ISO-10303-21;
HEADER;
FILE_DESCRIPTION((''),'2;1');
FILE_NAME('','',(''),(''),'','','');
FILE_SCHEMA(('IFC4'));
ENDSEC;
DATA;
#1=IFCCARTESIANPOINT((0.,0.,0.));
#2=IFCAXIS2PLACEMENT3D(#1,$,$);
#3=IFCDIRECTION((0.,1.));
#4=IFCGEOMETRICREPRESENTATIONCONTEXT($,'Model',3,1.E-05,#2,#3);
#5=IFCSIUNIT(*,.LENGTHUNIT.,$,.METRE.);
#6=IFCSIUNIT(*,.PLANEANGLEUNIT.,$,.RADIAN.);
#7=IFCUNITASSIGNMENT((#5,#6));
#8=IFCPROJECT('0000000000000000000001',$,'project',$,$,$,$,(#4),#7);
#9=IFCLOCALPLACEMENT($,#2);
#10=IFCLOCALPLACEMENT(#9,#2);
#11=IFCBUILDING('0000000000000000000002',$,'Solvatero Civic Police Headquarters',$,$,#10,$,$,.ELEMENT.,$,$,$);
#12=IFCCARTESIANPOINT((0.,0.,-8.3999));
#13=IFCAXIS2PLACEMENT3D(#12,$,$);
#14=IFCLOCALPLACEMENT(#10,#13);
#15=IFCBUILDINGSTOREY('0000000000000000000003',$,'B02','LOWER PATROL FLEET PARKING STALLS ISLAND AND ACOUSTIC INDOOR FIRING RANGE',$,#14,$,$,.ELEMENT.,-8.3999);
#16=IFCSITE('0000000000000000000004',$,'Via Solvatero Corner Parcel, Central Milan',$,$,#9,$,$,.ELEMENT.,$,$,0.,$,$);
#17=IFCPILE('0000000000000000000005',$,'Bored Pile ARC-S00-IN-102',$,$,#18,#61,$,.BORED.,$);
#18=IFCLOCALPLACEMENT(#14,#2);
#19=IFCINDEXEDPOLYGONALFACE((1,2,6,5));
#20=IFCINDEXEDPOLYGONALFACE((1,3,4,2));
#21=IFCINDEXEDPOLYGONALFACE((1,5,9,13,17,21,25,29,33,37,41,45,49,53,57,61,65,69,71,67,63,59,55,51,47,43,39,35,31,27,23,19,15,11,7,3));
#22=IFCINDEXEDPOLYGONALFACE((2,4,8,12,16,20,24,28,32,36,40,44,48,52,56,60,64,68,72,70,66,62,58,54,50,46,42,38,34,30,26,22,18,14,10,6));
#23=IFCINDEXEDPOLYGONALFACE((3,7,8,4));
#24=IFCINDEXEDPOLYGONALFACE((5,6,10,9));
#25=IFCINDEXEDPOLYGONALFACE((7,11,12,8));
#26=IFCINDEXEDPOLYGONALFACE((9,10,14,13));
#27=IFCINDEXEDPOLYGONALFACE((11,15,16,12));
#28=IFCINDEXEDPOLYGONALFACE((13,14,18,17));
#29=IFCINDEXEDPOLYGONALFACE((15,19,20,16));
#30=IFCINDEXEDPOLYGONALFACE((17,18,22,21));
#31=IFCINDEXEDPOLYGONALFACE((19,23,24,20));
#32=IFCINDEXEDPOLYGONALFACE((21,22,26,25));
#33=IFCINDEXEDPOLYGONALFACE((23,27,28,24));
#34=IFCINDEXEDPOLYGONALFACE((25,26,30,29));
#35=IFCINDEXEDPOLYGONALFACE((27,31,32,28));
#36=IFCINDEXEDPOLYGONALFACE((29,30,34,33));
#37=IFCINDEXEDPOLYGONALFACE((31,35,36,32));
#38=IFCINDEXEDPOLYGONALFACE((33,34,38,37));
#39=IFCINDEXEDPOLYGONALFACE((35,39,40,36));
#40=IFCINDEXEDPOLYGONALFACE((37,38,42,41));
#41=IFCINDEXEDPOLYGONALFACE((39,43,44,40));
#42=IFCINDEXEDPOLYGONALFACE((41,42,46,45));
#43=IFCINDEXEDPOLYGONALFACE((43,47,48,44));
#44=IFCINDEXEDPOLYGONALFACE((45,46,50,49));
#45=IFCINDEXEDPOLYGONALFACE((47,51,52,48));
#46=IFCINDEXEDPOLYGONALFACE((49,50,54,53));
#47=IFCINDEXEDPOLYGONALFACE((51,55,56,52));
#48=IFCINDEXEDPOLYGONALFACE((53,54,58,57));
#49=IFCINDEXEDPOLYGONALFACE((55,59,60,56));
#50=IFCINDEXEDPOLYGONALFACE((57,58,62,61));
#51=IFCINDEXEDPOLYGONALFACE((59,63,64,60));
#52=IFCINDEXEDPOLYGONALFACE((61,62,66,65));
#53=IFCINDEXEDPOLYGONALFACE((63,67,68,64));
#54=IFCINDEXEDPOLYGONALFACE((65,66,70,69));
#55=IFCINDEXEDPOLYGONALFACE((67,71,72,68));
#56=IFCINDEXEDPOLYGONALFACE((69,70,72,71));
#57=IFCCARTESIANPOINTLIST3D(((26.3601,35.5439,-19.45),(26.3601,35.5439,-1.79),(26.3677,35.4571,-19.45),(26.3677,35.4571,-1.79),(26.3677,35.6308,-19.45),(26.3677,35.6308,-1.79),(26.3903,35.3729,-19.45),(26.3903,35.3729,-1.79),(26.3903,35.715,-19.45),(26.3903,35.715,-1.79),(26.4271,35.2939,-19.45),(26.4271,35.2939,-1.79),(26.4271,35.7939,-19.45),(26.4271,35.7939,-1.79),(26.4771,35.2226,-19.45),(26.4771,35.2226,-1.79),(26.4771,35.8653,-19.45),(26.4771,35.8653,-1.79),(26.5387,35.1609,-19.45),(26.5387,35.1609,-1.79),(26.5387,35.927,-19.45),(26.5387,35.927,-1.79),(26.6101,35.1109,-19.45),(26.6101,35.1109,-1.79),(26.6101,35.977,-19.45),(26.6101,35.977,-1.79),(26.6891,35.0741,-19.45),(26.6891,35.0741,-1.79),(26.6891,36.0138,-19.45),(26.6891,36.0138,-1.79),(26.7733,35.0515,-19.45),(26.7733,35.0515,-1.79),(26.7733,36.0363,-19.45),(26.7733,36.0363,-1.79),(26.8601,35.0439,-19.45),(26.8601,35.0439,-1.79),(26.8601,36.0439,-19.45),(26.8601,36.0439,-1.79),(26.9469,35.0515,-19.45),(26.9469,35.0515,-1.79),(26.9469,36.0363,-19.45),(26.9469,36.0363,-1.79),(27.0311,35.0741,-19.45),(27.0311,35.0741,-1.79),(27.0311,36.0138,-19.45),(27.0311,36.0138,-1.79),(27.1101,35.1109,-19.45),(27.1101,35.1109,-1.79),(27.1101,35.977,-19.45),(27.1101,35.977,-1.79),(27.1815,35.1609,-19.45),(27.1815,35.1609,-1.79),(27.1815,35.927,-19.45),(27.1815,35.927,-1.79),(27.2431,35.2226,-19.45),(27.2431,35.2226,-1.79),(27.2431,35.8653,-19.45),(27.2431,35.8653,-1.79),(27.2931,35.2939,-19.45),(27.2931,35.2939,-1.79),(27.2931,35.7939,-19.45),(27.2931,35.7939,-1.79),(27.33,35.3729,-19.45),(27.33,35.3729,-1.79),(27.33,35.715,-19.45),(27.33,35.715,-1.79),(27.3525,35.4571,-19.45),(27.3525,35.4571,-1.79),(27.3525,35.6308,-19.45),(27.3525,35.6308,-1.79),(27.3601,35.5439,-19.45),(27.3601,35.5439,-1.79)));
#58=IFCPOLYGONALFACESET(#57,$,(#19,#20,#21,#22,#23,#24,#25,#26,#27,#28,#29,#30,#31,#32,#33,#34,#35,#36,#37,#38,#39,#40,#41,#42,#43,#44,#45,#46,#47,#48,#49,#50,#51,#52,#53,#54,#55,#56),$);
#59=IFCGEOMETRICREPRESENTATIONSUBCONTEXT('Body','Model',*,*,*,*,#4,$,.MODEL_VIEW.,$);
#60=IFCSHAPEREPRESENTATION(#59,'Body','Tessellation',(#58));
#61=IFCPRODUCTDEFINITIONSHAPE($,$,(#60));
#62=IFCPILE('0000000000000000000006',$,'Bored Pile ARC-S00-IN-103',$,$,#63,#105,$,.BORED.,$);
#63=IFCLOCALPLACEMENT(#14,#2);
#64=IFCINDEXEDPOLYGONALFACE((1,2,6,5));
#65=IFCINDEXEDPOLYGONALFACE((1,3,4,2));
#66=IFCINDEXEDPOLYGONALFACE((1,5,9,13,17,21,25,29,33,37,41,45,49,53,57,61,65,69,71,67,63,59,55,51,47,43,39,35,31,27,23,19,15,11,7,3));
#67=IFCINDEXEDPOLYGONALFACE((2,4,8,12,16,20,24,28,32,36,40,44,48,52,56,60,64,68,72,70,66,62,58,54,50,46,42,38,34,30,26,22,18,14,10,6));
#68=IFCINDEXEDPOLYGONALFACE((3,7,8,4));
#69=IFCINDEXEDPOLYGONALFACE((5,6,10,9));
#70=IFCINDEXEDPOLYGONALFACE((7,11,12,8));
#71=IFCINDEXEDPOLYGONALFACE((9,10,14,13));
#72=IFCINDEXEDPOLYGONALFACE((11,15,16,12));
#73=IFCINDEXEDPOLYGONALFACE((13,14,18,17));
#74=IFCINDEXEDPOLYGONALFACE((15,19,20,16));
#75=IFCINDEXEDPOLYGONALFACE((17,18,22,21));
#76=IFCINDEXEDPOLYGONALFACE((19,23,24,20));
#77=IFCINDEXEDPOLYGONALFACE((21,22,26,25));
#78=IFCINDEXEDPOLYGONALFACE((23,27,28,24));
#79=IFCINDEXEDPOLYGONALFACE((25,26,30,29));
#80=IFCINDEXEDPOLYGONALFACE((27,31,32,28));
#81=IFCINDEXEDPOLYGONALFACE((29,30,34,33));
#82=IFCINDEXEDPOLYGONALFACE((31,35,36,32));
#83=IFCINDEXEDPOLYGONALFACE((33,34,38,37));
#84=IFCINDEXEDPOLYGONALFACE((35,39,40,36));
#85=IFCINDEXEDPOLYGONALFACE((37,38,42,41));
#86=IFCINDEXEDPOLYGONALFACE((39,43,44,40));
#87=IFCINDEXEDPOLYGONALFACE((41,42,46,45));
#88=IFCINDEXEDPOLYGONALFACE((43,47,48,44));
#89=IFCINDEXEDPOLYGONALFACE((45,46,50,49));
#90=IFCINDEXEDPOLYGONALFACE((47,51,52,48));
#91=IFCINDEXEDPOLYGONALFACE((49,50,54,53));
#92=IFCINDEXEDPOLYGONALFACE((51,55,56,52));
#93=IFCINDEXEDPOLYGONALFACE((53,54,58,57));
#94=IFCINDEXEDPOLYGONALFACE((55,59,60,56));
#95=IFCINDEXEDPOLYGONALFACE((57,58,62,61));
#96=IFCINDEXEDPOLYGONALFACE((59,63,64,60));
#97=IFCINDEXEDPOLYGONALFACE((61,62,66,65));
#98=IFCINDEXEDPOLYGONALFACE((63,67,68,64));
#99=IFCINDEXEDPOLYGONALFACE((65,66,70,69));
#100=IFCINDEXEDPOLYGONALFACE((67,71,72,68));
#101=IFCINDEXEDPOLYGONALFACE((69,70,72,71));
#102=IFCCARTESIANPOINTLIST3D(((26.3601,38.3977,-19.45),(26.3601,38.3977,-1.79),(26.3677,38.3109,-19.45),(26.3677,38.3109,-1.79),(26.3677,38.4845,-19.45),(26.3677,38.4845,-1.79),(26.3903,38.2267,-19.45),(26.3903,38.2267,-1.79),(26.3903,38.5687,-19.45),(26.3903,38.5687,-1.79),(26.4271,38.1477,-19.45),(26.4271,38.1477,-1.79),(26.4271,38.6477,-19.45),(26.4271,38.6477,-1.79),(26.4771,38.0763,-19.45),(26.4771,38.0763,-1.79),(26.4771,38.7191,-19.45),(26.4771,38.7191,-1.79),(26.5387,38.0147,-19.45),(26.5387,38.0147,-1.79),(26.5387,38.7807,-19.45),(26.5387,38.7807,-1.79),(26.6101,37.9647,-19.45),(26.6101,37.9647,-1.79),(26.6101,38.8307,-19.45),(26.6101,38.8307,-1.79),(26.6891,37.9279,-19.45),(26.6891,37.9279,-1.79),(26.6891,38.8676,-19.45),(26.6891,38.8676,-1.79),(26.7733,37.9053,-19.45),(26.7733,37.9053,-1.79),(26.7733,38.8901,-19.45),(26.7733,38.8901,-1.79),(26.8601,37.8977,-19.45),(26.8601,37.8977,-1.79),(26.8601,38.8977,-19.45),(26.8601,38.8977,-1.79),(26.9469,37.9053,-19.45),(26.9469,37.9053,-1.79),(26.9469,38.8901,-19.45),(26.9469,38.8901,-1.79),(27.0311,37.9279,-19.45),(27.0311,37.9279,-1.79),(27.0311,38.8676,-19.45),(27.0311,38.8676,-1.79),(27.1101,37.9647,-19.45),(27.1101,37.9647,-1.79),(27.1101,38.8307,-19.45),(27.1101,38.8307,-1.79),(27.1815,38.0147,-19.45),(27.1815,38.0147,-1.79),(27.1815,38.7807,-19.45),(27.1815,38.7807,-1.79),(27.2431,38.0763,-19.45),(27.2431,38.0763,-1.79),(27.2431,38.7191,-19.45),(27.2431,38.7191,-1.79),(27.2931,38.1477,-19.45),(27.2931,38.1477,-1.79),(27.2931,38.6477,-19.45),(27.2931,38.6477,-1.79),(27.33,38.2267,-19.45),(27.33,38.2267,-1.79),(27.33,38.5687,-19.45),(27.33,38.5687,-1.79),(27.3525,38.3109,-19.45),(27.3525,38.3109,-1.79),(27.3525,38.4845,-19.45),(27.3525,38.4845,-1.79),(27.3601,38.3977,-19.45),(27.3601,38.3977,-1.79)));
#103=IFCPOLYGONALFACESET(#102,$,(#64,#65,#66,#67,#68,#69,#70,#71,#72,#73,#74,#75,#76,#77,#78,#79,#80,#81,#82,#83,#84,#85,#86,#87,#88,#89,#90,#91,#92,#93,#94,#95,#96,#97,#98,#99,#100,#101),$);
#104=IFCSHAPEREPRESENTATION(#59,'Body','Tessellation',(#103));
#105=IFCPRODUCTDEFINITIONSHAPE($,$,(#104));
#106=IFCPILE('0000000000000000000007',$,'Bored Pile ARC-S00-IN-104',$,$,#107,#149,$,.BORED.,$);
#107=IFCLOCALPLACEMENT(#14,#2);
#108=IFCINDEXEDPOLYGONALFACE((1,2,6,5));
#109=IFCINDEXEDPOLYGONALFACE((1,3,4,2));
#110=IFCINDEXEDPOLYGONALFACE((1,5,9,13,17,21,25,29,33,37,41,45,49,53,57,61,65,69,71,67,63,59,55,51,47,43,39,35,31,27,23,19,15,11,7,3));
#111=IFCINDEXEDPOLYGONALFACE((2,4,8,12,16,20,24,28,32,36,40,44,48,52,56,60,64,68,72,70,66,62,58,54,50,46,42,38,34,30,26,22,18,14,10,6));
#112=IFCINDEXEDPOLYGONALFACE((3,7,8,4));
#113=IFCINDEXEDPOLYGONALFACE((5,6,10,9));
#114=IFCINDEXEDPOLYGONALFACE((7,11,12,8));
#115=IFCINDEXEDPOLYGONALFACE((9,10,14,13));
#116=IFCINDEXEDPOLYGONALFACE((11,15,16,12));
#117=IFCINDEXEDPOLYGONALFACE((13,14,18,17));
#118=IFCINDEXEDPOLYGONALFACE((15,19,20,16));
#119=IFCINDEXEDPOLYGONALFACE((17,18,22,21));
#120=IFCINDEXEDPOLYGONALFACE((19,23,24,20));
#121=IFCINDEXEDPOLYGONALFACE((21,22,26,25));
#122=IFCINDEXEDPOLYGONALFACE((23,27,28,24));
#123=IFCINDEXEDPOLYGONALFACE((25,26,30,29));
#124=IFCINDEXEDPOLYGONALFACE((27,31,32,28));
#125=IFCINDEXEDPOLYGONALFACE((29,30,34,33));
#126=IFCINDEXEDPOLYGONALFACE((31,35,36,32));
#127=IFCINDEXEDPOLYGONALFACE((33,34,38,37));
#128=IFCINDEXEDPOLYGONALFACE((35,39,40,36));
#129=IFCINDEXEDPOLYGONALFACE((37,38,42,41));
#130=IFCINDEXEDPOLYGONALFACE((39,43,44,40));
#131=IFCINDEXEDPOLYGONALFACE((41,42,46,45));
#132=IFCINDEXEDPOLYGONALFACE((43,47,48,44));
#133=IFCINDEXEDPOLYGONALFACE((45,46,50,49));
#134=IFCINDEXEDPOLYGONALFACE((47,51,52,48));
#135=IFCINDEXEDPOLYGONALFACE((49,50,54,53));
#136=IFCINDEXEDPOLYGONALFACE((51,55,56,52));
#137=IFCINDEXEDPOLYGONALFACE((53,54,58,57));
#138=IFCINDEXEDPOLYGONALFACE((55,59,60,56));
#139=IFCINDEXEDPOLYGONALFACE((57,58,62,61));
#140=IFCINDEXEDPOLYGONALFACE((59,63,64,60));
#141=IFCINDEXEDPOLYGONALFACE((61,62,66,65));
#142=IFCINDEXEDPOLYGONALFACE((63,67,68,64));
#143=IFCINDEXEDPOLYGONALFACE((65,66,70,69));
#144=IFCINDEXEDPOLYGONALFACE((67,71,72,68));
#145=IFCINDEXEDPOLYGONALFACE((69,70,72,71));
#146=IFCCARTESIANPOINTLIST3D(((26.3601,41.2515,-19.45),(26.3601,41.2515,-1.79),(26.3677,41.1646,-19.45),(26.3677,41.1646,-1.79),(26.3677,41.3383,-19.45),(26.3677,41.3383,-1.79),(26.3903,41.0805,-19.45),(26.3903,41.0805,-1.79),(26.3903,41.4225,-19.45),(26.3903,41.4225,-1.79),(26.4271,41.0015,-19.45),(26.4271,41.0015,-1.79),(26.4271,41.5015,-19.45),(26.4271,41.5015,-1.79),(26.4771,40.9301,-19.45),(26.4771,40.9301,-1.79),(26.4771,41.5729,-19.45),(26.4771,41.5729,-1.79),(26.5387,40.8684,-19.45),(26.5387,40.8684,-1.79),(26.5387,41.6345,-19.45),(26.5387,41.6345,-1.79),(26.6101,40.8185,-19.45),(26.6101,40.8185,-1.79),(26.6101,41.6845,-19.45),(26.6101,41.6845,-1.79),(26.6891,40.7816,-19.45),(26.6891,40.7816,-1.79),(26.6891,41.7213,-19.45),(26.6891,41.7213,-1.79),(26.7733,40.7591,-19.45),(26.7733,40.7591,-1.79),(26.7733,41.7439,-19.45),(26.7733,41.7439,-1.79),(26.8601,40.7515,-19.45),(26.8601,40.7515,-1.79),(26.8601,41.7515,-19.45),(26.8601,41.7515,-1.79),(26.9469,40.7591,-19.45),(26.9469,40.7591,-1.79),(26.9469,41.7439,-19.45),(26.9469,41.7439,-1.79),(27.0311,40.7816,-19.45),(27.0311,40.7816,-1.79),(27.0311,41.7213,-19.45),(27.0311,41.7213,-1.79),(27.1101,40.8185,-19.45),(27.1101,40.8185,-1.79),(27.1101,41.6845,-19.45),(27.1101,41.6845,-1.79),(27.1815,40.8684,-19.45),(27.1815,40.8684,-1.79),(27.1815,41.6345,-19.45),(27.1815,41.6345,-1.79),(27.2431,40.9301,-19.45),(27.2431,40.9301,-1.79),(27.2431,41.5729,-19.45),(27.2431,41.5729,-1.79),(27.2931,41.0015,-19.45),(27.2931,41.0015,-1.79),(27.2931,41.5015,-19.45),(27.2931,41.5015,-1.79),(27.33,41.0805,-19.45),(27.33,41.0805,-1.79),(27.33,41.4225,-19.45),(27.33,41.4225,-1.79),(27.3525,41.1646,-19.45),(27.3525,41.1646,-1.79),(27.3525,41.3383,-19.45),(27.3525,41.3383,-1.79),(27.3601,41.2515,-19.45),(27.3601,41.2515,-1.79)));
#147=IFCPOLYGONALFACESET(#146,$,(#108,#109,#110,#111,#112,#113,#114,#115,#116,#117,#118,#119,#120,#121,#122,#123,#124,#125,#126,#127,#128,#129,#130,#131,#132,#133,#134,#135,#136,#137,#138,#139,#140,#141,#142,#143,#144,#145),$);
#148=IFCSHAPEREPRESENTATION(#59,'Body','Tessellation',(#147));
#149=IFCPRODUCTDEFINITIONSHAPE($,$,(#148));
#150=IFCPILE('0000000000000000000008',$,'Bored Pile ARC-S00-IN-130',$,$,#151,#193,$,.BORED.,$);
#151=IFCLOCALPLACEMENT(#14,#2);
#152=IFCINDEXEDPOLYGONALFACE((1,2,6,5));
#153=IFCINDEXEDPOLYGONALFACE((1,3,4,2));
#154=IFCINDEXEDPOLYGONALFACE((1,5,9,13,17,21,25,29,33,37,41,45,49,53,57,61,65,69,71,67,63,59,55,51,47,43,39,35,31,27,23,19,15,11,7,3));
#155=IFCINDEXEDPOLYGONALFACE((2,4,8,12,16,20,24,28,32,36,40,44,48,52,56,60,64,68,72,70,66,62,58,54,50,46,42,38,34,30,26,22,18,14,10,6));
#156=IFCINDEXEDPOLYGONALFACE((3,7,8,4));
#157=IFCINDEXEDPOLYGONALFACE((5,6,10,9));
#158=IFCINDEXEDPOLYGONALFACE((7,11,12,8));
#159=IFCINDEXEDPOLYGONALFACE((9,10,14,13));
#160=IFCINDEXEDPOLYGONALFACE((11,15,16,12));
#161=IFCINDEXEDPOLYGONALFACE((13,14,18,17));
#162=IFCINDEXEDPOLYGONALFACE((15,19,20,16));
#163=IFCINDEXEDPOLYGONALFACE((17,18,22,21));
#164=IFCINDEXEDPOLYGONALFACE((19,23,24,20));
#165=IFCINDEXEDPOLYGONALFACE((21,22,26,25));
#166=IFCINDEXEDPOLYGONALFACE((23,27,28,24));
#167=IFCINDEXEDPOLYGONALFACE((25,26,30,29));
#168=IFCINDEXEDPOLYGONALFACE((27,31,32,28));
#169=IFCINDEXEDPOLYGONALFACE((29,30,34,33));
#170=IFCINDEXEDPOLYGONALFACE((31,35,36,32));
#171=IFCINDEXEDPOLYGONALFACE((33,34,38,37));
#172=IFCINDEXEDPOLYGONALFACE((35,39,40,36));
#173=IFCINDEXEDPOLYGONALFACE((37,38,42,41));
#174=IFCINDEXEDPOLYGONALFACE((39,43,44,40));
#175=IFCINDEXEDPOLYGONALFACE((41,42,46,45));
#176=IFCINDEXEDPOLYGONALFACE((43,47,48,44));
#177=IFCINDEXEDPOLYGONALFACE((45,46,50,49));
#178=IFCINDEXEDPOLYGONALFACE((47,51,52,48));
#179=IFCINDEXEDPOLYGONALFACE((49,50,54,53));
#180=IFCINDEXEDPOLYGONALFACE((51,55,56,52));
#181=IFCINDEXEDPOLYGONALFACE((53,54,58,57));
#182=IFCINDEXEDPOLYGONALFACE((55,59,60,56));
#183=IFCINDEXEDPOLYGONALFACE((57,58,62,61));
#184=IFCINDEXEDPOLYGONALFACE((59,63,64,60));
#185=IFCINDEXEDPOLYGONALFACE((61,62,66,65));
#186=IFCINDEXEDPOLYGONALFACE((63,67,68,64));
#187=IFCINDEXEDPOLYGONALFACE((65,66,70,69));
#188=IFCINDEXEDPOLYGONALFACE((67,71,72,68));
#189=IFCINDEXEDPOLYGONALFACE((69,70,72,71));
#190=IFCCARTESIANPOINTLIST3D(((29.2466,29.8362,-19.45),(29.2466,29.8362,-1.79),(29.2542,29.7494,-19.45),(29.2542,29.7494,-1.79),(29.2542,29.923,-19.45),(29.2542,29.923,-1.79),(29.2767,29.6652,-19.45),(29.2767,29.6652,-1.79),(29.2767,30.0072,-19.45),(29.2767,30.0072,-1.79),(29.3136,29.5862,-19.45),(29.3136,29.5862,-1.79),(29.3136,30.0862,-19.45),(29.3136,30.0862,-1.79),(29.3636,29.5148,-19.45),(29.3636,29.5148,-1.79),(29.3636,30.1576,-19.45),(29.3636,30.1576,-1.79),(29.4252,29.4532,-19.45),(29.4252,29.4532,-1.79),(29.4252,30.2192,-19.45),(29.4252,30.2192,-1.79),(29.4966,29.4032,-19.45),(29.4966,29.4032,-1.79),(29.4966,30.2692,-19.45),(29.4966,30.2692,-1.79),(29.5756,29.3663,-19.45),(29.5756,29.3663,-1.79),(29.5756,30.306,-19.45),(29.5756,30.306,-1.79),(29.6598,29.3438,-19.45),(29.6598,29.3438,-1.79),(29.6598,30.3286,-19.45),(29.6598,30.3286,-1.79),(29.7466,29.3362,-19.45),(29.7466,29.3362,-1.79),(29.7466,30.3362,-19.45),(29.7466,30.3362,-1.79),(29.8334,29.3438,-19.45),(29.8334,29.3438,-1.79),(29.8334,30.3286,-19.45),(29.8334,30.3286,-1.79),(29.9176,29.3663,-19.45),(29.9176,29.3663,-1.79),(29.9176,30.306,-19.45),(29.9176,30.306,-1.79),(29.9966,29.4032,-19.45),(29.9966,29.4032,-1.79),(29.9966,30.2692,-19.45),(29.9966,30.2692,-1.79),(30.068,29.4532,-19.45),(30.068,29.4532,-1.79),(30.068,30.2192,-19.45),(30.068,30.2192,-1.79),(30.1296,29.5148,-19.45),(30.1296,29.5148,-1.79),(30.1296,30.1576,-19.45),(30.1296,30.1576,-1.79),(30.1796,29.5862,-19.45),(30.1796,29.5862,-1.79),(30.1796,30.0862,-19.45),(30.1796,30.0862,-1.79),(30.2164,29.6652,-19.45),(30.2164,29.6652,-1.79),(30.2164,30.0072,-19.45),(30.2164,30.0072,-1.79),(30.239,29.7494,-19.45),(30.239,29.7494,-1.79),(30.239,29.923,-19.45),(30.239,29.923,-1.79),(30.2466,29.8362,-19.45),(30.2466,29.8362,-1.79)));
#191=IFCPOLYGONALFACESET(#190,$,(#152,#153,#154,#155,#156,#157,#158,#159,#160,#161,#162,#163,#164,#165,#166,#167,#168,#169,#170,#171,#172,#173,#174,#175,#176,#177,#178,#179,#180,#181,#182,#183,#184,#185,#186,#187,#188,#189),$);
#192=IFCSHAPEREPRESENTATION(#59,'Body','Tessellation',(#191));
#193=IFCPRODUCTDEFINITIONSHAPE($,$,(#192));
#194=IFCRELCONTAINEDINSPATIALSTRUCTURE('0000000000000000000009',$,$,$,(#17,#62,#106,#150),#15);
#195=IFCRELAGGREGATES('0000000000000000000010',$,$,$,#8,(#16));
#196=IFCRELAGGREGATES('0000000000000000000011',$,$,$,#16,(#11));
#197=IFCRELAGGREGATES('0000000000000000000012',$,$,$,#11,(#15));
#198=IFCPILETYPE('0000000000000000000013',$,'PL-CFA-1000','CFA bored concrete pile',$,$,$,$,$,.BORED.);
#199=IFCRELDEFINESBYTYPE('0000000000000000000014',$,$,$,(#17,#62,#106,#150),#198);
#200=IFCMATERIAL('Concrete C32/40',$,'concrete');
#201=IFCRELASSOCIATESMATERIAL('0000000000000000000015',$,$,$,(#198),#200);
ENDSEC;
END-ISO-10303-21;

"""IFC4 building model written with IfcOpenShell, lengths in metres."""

from ifc_helpers import new_model, si_unit, direction, frame, origin, origin_2d, place, context, subcontext, project, spatial, circle, extrude, material, material_profile, profile_set, type_object, element, save


model = new_model("IFC4")

# Units and contexts
model_context = context("Model", 3, precision=1e-05, world=origin(), true_north=direction((0.0, 1.0)))
body_context = subcontext(model_context, "Body", "Model", "MODEL_VIEW")
ifc_project = project(units=[si_unit("LENGTHUNIT", "METRE"), si_unit("PLANEANGLEUNIT", "RADIAN")], contexts=[model_context])

# Site, building, storey
site_placement = place(None, origin())
site = spatial("IfcSite", under=ifc_project, at=site_placement, Name="Via Solvatero Corner Parcel, Central Milan", CompositionType="ELEMENT", RefElevation=0.0)
building_placement = place(site_placement, origin())
building = spatial("IfcBuilding", under=site, at=building_placement, Name="Solvatero Civic Police Headquarters", CompositionType="ELEMENT")
storey_placement = place(building_placement, frame((0.0, 0.0, -8.3999)))
storey = spatial("IfcBuildingStorey", under=building, at=storey_placement, Name="B02", Description="LOWER PATROL FLEET PARKING STALLS ISLAND AND ACOUSTIC INDOOR FIRING RANGE", CompositionType="ELEMENT", Elevation=-8.3999)

# Piles
ifc_material_1 = material(Name="Concrete C32/40", Category="concrete")
ifc_material_profile_1 = material_profile(ifc_material_1, circle(Radius=0.5, at=origin_2d()), Name="CFA PILE D1000")
ifc_profile_set_1 = profile_set([ifc_material_profile_1], Name="Concrete C32/40")
pile_type = type_object("IfcPileType", Name="PL-CFA-1000", Description="CFA bored concrete pile", PredefinedType="BORED", material=ifc_profile_set_1)
for number, where, z_axis, x_axis, name in (
    (1, (26.8601, 35.5439, -1.79), (0.0, 0.0, -1.0), (1.0, 0.0, 0.0), "Bored Pile ARC-S00-IN-102"),
    (2, (26.8601, 38.3977, -1.79), (0.0, 0.0, -1.0), (1.0, 0.0, 0.0), "Bored Pile ARC-S00-IN-103"),
    (3, (26.8601, 41.2515, -1.79), (0.0, 0.0, -1.0), (1.0, 0.0, 0.0), "Bored Pile ARC-S00-IN-104"),
    (4, (29.7466, 29.8362, -1.79), (0.0, 0.0, -1.0), (1.0, 0.0, 0.0), "Bored Pile ARC-S00-IN-130"),
):
    element("IfcPile", number, at=place(storey_placement, frame(where, z_axis=z_axis, x_axis=x_axis)), inside=storey, type_object=pile_type, Name=name, PredefinedType="BORED", context=body_context, shape_type="SweptSolid", body=[
        extrude(circle(Radius=0.5, at=origin_2d()), origin(), (0.0, 0.0, 1.0), 17.6599),
    ])

save(model, "model.ifc")
